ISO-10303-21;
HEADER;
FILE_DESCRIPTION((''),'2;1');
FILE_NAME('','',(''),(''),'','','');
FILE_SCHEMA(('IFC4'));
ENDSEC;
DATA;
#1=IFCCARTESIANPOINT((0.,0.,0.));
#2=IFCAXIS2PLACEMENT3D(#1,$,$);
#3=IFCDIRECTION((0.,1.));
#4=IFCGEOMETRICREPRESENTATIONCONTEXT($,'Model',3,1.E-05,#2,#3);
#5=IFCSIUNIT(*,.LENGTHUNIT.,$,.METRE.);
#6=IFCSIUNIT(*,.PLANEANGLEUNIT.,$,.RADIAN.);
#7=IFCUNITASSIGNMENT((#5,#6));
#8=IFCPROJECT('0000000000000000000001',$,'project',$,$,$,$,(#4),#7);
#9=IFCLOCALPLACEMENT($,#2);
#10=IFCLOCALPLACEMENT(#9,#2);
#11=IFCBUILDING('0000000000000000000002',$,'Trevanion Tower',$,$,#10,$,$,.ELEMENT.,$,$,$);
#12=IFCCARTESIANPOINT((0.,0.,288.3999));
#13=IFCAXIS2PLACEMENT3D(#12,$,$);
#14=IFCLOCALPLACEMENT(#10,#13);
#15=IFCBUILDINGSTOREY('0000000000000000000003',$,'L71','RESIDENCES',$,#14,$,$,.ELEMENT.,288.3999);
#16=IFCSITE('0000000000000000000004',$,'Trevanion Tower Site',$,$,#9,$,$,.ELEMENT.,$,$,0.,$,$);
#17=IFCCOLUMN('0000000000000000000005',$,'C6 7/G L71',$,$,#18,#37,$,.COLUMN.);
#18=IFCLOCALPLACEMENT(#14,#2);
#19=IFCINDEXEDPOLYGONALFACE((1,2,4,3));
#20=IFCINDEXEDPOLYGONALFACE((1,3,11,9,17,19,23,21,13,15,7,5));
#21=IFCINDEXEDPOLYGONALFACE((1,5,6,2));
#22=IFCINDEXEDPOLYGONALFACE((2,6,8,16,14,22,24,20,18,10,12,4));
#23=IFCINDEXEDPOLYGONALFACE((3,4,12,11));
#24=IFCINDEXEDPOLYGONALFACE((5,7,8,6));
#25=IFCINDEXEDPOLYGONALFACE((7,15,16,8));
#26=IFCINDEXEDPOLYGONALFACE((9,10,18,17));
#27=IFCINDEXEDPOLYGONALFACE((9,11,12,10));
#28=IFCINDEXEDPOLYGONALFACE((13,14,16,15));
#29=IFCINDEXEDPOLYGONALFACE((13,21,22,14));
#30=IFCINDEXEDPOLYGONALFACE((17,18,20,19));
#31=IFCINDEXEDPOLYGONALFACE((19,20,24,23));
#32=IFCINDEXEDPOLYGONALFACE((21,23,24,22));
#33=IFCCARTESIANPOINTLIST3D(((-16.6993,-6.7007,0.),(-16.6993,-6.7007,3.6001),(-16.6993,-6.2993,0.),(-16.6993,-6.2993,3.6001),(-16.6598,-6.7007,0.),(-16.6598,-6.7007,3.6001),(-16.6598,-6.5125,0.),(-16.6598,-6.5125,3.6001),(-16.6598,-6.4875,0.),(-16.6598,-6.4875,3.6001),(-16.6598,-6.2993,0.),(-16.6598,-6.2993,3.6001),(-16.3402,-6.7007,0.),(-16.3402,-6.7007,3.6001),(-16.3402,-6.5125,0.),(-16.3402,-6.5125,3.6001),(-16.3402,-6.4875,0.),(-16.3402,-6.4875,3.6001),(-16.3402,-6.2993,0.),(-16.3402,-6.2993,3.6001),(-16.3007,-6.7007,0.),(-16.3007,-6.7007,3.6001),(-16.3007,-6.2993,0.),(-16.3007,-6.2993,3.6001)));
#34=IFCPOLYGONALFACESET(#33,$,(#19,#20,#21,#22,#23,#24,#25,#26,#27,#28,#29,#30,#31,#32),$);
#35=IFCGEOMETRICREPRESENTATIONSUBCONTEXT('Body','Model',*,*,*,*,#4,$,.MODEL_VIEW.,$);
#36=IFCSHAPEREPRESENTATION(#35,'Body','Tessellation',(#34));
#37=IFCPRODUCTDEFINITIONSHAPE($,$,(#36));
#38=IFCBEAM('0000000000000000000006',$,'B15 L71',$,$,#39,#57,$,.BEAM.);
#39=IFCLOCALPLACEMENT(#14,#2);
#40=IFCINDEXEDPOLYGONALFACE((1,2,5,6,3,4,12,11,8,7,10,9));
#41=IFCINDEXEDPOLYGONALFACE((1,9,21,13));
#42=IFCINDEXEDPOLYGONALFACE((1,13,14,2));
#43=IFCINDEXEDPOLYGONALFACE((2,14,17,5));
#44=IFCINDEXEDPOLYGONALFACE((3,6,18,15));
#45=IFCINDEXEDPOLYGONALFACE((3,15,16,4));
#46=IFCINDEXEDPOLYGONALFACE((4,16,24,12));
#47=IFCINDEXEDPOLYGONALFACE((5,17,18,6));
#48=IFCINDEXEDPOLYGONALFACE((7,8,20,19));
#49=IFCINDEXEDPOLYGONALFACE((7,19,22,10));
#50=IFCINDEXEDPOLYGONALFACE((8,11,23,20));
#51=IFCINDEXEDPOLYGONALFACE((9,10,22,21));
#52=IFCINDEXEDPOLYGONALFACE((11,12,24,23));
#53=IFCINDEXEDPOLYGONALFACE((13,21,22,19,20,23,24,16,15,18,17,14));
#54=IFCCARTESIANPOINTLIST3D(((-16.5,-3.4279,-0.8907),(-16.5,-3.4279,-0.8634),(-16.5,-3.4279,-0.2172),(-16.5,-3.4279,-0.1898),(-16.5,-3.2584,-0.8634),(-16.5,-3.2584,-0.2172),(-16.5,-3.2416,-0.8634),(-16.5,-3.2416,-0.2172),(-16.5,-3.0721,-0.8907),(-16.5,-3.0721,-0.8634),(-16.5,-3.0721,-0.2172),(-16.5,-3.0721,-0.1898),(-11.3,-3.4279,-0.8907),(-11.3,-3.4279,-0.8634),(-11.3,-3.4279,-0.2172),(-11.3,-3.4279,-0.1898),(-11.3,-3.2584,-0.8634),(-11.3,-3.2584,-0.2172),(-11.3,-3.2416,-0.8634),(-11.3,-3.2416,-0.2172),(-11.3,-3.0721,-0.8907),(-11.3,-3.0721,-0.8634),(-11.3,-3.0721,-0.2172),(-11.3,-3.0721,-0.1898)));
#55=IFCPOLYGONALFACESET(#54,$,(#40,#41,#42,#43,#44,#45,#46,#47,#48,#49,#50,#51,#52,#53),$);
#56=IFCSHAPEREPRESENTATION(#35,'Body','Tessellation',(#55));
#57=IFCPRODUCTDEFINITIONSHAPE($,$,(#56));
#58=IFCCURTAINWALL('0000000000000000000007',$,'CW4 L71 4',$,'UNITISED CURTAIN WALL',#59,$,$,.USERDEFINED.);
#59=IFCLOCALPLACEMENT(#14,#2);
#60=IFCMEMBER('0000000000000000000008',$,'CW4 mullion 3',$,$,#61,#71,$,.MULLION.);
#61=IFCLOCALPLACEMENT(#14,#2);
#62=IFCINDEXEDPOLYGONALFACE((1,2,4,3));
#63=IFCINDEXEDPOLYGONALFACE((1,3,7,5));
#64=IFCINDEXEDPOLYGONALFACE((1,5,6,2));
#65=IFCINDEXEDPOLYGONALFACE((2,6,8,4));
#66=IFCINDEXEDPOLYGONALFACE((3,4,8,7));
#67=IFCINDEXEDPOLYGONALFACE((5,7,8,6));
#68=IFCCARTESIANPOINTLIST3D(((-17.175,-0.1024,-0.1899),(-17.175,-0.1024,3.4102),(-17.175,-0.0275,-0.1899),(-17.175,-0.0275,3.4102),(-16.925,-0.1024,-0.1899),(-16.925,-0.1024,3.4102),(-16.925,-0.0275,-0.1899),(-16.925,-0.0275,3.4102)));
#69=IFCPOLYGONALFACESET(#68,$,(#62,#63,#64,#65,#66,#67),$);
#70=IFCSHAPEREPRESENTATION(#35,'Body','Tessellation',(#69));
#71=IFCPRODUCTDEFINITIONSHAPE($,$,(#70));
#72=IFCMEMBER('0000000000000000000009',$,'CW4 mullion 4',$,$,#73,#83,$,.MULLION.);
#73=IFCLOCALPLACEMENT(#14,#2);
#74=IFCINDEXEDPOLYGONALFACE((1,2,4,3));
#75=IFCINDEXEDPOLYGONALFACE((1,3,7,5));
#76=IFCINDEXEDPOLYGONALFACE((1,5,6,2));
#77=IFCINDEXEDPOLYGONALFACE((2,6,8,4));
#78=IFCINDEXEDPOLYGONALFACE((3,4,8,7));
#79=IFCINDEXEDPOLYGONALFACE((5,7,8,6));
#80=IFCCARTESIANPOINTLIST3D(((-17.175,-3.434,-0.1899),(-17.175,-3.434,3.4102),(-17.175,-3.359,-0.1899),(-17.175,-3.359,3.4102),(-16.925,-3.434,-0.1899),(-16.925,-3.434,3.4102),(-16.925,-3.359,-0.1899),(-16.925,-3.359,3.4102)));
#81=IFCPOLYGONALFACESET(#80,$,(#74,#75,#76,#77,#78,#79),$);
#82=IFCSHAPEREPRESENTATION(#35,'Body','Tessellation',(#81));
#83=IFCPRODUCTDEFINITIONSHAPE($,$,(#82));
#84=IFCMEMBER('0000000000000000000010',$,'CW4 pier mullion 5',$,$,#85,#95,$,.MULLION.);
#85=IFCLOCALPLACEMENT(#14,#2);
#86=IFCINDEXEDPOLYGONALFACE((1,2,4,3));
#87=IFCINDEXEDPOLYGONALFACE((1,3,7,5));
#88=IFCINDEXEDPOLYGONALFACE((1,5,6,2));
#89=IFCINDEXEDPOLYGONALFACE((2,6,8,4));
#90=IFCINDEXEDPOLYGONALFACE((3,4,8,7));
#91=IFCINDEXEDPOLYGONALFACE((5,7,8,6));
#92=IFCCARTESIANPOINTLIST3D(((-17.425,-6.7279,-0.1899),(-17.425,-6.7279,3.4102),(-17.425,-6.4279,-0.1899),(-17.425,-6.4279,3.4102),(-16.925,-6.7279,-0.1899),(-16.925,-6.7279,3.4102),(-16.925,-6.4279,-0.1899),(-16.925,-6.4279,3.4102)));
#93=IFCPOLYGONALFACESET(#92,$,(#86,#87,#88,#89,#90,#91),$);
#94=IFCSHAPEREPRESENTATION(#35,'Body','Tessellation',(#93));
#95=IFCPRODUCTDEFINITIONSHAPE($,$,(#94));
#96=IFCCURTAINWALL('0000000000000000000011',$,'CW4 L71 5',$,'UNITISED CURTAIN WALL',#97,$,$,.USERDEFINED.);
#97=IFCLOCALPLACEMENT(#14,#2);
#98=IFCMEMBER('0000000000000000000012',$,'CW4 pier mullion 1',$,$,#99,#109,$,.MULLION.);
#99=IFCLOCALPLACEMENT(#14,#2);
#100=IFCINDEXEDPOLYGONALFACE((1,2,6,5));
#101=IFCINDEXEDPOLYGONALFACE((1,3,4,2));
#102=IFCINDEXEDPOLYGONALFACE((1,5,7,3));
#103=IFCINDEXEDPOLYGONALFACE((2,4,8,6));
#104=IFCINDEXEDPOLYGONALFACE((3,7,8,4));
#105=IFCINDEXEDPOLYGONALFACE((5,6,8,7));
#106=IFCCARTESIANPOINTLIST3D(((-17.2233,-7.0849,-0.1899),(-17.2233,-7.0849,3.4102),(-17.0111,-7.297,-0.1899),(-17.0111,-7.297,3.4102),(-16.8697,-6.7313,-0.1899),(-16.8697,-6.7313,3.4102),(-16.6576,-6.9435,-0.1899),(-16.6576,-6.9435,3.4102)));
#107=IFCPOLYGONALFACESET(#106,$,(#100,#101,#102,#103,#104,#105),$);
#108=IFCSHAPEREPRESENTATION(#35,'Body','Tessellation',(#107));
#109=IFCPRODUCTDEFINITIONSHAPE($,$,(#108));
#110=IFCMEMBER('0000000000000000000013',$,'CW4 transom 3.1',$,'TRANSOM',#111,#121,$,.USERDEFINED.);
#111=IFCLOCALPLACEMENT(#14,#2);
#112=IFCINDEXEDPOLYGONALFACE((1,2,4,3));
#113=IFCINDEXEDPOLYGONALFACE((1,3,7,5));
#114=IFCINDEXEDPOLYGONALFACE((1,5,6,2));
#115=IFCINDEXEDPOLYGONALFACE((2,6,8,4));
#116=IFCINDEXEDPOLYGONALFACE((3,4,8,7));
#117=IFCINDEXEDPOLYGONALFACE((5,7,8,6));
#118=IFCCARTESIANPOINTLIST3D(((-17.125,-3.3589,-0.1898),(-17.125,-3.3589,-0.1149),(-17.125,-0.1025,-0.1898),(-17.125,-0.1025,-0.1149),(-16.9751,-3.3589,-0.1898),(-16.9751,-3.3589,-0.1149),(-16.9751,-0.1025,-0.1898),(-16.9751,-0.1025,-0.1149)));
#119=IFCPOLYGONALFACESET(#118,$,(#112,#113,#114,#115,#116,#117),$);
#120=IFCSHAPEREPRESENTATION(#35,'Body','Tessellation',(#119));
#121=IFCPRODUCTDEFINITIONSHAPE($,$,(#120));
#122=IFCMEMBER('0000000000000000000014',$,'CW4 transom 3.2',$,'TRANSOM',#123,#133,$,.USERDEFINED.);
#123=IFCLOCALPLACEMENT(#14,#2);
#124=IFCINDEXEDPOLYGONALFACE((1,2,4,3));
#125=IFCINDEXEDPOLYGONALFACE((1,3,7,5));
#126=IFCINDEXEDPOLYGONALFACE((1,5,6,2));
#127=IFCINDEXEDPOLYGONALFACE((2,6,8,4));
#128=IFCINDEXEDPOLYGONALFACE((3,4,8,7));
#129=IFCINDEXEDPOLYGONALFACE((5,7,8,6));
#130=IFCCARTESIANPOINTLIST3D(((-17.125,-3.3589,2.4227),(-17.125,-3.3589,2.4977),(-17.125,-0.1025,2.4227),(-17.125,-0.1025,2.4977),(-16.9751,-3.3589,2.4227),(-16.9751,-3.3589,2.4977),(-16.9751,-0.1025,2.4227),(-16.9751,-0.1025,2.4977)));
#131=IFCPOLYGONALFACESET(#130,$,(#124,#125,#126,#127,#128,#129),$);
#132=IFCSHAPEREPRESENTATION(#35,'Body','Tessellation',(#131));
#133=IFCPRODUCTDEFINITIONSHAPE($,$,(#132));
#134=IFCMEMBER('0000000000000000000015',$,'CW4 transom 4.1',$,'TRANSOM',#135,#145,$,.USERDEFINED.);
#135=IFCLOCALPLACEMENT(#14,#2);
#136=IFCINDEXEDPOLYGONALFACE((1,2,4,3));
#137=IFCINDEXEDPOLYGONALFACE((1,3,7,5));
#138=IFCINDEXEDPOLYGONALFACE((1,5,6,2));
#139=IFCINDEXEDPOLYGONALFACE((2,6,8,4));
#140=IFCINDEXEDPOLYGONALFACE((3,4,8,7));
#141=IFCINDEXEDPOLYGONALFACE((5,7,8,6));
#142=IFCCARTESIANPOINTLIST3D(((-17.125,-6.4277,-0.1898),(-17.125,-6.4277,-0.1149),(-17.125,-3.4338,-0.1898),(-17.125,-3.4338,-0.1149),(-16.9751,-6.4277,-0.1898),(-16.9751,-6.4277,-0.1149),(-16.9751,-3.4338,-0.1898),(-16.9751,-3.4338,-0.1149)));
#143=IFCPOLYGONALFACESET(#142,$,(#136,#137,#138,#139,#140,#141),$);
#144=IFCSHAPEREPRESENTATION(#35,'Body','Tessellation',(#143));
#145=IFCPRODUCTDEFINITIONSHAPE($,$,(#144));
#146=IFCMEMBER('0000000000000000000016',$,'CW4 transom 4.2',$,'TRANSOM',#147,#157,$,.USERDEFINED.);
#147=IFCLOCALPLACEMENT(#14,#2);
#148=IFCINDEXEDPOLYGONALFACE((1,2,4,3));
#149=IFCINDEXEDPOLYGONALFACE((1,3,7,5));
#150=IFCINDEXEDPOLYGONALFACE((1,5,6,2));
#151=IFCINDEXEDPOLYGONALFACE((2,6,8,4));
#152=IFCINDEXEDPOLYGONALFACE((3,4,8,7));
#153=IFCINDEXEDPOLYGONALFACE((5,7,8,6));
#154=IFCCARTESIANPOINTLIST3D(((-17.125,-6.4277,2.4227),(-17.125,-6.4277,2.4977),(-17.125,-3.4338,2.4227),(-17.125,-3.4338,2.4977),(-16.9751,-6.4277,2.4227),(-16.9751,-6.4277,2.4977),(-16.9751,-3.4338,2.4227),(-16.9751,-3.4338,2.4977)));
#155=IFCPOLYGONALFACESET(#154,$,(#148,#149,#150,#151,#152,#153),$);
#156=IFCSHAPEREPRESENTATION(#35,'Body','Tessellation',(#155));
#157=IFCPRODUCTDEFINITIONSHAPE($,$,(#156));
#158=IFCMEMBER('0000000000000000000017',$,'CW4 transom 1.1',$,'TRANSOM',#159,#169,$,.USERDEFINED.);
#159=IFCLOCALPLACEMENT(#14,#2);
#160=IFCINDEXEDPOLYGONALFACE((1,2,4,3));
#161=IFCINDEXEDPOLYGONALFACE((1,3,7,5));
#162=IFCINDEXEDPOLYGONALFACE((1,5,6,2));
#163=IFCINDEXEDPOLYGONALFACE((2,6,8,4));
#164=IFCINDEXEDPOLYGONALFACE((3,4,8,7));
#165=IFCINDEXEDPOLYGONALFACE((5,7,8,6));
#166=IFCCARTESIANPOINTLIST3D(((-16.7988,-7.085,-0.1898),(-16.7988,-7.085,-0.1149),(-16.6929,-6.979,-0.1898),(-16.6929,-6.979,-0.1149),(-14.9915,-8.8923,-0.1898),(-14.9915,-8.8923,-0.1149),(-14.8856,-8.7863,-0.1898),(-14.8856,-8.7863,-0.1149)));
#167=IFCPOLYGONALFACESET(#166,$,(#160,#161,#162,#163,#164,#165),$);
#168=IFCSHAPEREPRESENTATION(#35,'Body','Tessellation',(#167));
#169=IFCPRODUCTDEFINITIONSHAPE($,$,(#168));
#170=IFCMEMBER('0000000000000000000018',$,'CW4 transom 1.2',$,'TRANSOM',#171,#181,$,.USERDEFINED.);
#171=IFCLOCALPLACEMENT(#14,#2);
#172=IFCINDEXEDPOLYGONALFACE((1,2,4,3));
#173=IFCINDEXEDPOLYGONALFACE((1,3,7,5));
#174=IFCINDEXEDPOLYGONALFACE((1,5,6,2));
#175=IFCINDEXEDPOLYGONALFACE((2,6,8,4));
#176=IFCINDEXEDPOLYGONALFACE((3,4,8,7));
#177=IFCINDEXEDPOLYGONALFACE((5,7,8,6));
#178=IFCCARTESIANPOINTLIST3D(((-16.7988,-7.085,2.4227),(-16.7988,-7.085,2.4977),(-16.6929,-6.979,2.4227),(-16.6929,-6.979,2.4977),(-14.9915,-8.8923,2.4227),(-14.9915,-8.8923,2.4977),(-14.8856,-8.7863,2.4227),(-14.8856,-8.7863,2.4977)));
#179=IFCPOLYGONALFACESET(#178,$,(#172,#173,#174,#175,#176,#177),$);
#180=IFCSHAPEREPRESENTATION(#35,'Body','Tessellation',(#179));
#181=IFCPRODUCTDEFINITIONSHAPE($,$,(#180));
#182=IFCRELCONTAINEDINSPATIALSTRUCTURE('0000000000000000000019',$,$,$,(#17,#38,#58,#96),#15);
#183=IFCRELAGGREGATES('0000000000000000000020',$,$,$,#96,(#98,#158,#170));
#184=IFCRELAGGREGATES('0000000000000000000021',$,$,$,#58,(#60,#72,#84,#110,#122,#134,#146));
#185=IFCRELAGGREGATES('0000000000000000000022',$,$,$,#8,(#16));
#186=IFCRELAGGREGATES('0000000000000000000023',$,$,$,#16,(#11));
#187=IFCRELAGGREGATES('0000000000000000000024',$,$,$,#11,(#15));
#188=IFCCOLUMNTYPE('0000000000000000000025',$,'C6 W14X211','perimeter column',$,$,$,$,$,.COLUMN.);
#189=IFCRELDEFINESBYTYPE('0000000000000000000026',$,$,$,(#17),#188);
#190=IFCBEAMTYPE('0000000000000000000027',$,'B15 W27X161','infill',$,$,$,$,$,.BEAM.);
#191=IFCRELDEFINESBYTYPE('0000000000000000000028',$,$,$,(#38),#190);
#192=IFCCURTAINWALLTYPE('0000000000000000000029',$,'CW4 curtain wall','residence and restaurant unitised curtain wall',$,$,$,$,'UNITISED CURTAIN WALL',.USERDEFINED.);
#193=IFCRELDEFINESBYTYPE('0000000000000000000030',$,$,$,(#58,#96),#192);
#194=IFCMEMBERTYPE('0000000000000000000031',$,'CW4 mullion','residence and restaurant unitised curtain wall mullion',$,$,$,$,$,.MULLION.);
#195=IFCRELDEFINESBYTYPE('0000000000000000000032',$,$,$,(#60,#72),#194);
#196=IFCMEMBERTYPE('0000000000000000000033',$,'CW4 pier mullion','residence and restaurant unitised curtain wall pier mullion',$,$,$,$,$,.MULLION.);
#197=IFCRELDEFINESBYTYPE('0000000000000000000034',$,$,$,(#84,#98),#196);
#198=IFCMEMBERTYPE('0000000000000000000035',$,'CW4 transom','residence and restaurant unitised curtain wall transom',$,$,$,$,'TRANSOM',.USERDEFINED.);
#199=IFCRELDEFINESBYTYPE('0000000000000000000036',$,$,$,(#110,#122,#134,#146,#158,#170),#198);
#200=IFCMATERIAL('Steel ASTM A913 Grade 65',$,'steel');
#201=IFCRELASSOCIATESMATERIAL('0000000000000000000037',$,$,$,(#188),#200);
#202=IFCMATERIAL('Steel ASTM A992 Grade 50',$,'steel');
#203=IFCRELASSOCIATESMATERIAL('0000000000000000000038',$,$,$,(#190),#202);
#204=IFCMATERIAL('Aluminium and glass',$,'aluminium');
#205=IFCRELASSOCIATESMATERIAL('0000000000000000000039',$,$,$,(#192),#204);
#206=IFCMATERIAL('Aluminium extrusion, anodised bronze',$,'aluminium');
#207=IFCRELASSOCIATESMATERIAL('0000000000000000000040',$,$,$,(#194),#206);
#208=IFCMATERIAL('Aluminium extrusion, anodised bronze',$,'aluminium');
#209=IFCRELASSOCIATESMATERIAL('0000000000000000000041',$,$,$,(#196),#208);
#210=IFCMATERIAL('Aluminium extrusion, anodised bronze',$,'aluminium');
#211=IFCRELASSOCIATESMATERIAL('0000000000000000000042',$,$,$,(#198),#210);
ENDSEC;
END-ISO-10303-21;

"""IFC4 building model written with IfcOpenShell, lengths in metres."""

from ifc_helpers import new_model, si_unit, direction, frame, origin, origin_2d, place, context, subcontext, project, spatial, rectangle, i_section, extrude, material, material_profile, profile_set, type_object, element, aggregate, save


model = new_model("IFC4")

# Units and contexts
model_context = context("Model", 3, precision=1e-05, world=origin(), true_north=direction((0.0, 1.0)))
body_context = subcontext(model_context, "Body", "Model", "MODEL_VIEW")
ifc_project = project(units=[si_unit("LENGTHUNIT", "METRE"), si_unit("PLANEANGLEUNIT", "RADIAN")], contexts=[model_context])

# Site, building, storey
site_placement = place(None, origin())
site = spatial("IfcSite", under=ifc_project, at=site_placement, Name="Trevanion Tower Site", CompositionType="ELEMENT", RefElevation=0.0)
building_placement = place(site_placement, origin())
building = spatial("IfcBuilding", under=site, at=building_placement, Name="Trevanion Tower", CompositionType="ELEMENT")
storey_placement = place(building_placement, frame((0.0, 0.0, 288.3999)))
storey = spatial("IfcBuildingStorey", under=building, at=storey_placement, Name="L71", Description="RESIDENCES", CompositionType="ELEMENT", Elevation=288.3999)

# Column
ifc_material_1 = material(Name="Steel ASTM A913 Grade 65", Category="steel")
ifc_material_profile_1 = material_profile(ifc_material_1, i_section(OverallWidth=0.4014, OverallDepth=0.3987, WebThickness=0.0249, FlangeThickness=0.0396, at=origin_2d()), Name="W14X211")
ifc_profile_set_1 = profile_set([ifc_material_profile_1], Name="Steel ASTM A913 Grade 65")
column_type = type_object("IfcColumnType", Name="C6 W14X211", Description="perimeter column", PredefinedType="COLUMN", material=ifc_profile_set_1)
column_placement = place(storey_placement, frame((-16.5, -6.5, 0.0), z_axis=(0.0, 0.0, 1.0), x_axis=(0.0, 1.0, 0.0)))
element("IfcColumn", 1, at=column_placement, inside=storey, type_object=column_type, Name="C6 7/G L71", PredefinedType="COLUMN", context=body_context, shape_type="SweptSolid", body=[
    extrude(i_section(OverallWidth=0.4014, OverallDepth=0.3987, WebThickness=0.0249, FlangeThickness=0.0396, at=origin_2d()), origin(), (0.0, 0.0, 1.0), 3.6001),
])

# Beam
ifc_material_2 = material(Name="Steel ASTM A992 Grade 50", Category="steel")
ifc_material_profile_2 = material_profile(ifc_material_2, i_section(OverallWidth=0.3557, OverallDepth=0.7009, WebThickness=0.0168, FlangeThickness=0.0273, at=origin_2d()), Name="W27X161")
ifc_profile_set_2 = profile_set([ifc_material_profile_2], Name="Steel ASTM A992 Grade 50")
beam_type_1 = type_object("IfcBeamType", Name="B15 W27X161", Description="infill", PredefinedType="BEAM", material=ifc_profile_set_2)
beam_1_placement = place(storey_placement, frame((-11.3, -3.25, -0.5403), z_axis=(-1.0, 0.0, 0.0), x_axis=(0.0, -1.0, 0.0)))
element("IfcBeam", 2, at=beam_1_placement, inside=storey, type_object=beam_type_1, Name="B15 L71", PredefinedType="BEAM", context=body_context, shape_type="SweptSolid", body=[
    extrude(i_section(OverallWidth=0.3557, OverallDepth=0.7009, WebThickness=0.0168, FlangeThickness=0.0273, at=origin_2d()), origin(), (0.0, 0.0, 1.0), 5.2),
])

# Curtain wall, members
ifc_material_3 = material(Name="Aluminium and glass", Category="aluminium")
curtain_wall_type = type_object("IfcCurtainWallType", Name="CW4 curtain wall", Description="residence and restaurant unitised curtain wall", ElementType="UNITISED CURTAIN WALL", PredefinedType="USERDEFINED", material=ifc_material_3)
curtain_wall_1_placement = place(storey_placement, origin())
curtain_wall_1 = element("IfcCurtainWall", 3, at=curtain_wall_1_placement, inside=storey, type_object=curtain_wall_type, Name="CW4 L71 4", ObjectType="UNITISED CURTAIN WALL", PredefinedType="USERDEFINED")
ifc_material_4 = material(Name="Aluminium extrusion, anodised bronze", Category="aluminium")
ifc_material_profile_3 = material_profile(ifc_material_4, rectangle(XDim=0.075, YDim=0.25, at=origin_2d()), Name="CW4 mullion")
ifc_profile_set_3 = profile_set([ifc_material_profile_3], Name="Aluminium extrusion, anodised bronze")
member_type_1 = type_object("IfcMemberType", Name="CW4 mullion", Description="residence and restaurant unitised curtain wall mullion", PredefinedType="MULLION", material=ifc_profile_set_3)
member_1_placement = place(storey_placement, frame((-17.05, -0.0649, -0.1899), z_axis=(0.0, 0.0, 1.0), x_axis=(0.0, -1.0, 0.0)))
member_1 = element("IfcMember", 4, at=member_1_placement, type_object=member_type_1, Name="CW4 mullion 3", PredefinedType="MULLION", context=body_context, shape_type="SweptSolid", body=[
    extrude(rectangle(XDim=0.075, YDim=0.25, at=origin_2d()), origin(), (0.0, 0.0, 1.0), 3.6001),
])
member_2_placement = place(storey_placement, frame((-17.05, -3.3965, -0.1899), z_axis=(0.0, 0.0, 1.0), x_axis=(0.0, -1.0, 0.0)))
member_2 = element("IfcMember", 5, at=member_2_placement, type_object=member_type_1, Name="CW4 mullion 4", PredefinedType="MULLION", context=body_context, shape_type="SweptSolid", body=[
    extrude(rectangle(XDim=0.075, YDim=0.25, at=origin_2d()), origin(), (0.0, 0.0, 1.0), 3.6001),
])
ifc_material_5 = material(Name="Aluminium extrusion, anodised bronze", Category="aluminium")
ifc_material_profile_4 = material_profile(ifc_material_5, rectangle(XDim=0.3, YDim=0.5, at=origin_2d()), Name="CW4 pier mullion")
ifc_profile_set_4 = profile_set([ifc_material_profile_4], Name="Aluminium extrusion, anodised bronze")
member_type_2 = type_object("IfcMemberType", Name="CW4 pier mullion", Description="residence and restaurant unitised curtain wall pier mullion", PredefinedType="MULLION", material=ifc_profile_set_4)
member_3_placement = place(storey_placement, frame((-17.175, -6.5779, -0.1899), z_axis=(0.0, 0.0, 1.0), x_axis=(0.0, -1.0, 0.0)))
member_3 = element("IfcMember", 6, at=member_3_placement, type_object=member_type_2, Name="CW4 pier mullion 5", PredefinedType="MULLION", context=body_context, shape_type="SweptSolid", body=[
    extrude(rectangle(XDim=0.3, YDim=0.5, at=origin_2d()), origin(), (0.0, 0.0, 1.0), 3.6001),
])

# Curtain wall, member
curtain_wall_2_placement = place(storey_placement, origin())
curtain_wall_2 = element("IfcCurtainWall", 7, at=curtain_wall_2_placement, inside=storey, type_object=curtain_wall_type, Name="CW4 L71 5", ObjectType="UNITISED CURTAIN WALL", PredefinedType="USERDEFINED")
member_4_placement = place(storey_placement, frame((-16.9404, -7.0142, -0.1899), z_axis=(0.0, 0.0, 1.0), x_axis=(0.707107, -0.707107, 0.0)))
member_4 = element("IfcMember", 8, at=member_4_placement, type_object=member_type_2, Name="CW4 pier mullion 1", PredefinedType="MULLION", context=body_context, shape_type="SweptSolid", body=[
    extrude(rectangle(XDim=0.3, YDim=0.5, at=origin_2d()), origin(), (0.0, 0.0, 1.0), 3.6001),
])

# Members
ifc_material_6 = material(Name="Aluminium extrusion, anodised bronze", Category="aluminium")
ifc_material_profile_5 = material_profile(ifc_material_6, rectangle(XDim=0.1499, YDim=0.075, at=origin_2d()), Name="CW4 transom")
ifc_profile_set_5 = profile_set([ifc_material_profile_5], Name="Aluminium extrusion, anodised bronze")
member_type_3 = type_object("IfcMemberType", Name="CW4 transom", Description="residence and restaurant unitised curtain wall transom", ElementType="TRANSOM", PredefinedType="USERDEFINED", material=ifc_profile_set_5)
member_5_placement = place(storey_placement, frame((-17.05, -0.1025, -0.1523), z_axis=(0.0, -1.0, 0.0), x_axis=(1.0, 0.0, 0.0)))
member_5 = element("IfcMember", 9, at=member_5_placement, type_object=member_type_3, Name="CW4 transom 3.1", ObjectType="TRANSOM", PredefinedType="USERDEFINED", context=body_context, shape_type="SweptSolid", body=[
    extrude(rectangle(XDim=0.1499, YDim=0.075, at=origin_2d()), origin(), (0.0, 0.0, 1.0), 3.2563),
])
member_6_placement = place(storey_placement, frame((-17.05, -0.1025, 2.4602), z_axis=(0.0, -1.0, 0.0), x_axis=(1.0, 0.0, 0.0)))
member_6 = element("IfcMember", 10, at=member_6_placement, type_object=member_type_3, Name="CW4 transom 3.2", ObjectType="TRANSOM", PredefinedType="USERDEFINED", context=body_context, shape_type="SweptSolid", body=[
    extrude(rectangle(XDim=0.1499, YDim=0.075, at=origin_2d()), origin(), (0.0, 0.0, 1.0), 3.2563),
])
member_7_placement = place(storey_placement, frame((-17.05, -3.4338, -0.1523), z_axis=(0.0, -1.0, 0.0), x_axis=(1.0, 0.0, 0.0)))
member_7 = element("IfcMember", 11, at=member_7_placement, type_object=member_type_3, Name="CW4 transom 4.1", ObjectType="TRANSOM", PredefinedType="USERDEFINED", context=body_context, shape_type="SweptSolid", body=[
    extrude(rectangle(XDim=0.1499, YDim=0.075, at=origin_2d()), origin(), (0.0, 0.0, 1.0), 2.9939),
])
member_8_placement = place(storey_placement, frame((-17.05, -3.4338, 2.4602), z_axis=(0.0, -1.0, 0.0), x_axis=(1.0, 0.0, 0.0)))
member_8 = element("IfcMember", 12, at=member_8_placement, type_object=member_type_3, Name="CW4 transom 4.2", ObjectType="TRANSOM", PredefinedType="USERDEFINED", context=body_context, shape_type="SweptSolid", body=[
    extrude(rectangle(XDim=0.1499, YDim=0.075, at=origin_2d()), origin(), (0.0, 0.0, 1.0), 2.9939),
])
member_9_placement = place(storey_placement, frame((-16.7458, -7.032, -0.1523), z_axis=(0.707107, -0.707107, 0.0), x_axis=(0.707107, 0.707107, 0.0)))
member_9 = element("IfcMember", 13, at=member_9_placement, type_object=member_type_3, Name="CW4 transom 1.1", ObjectType="TRANSOM", PredefinedType="USERDEFINED", context=body_context, shape_type="SweptSolid", body=[
    extrude(rectangle(XDim=0.1499, YDim=0.075, at=origin_2d()), origin(), (0.0, 0.0, 1.0), 2.5559),
])
member_10_placement = place(storey_placement, frame((-16.7458, -7.032, 2.4602), z_axis=(0.707107, -0.707107, 0.0), x_axis=(0.707107, 0.707107, 0.0)))
member_10 = element("IfcMember", 14, at=member_10_placement, type_object=member_type_3, Name="CW4 transom 1.2", ObjectType="TRANSOM", PredefinedType="USERDEFINED", context=body_context, shape_type="SweptSolid", body=[
    extrude(rectangle(XDim=0.1499, YDim=0.075, at=origin_2d()), origin(), (0.0, 0.0, 1.0), 2.5559),
])
aggregate(curtain_wall_2, [member_4, member_9, member_10])

aggregate(curtain_wall_1, [member_1, member_2, member_3, member_5, member_6, member_7, member_8])

save(model, "model.ifc")
